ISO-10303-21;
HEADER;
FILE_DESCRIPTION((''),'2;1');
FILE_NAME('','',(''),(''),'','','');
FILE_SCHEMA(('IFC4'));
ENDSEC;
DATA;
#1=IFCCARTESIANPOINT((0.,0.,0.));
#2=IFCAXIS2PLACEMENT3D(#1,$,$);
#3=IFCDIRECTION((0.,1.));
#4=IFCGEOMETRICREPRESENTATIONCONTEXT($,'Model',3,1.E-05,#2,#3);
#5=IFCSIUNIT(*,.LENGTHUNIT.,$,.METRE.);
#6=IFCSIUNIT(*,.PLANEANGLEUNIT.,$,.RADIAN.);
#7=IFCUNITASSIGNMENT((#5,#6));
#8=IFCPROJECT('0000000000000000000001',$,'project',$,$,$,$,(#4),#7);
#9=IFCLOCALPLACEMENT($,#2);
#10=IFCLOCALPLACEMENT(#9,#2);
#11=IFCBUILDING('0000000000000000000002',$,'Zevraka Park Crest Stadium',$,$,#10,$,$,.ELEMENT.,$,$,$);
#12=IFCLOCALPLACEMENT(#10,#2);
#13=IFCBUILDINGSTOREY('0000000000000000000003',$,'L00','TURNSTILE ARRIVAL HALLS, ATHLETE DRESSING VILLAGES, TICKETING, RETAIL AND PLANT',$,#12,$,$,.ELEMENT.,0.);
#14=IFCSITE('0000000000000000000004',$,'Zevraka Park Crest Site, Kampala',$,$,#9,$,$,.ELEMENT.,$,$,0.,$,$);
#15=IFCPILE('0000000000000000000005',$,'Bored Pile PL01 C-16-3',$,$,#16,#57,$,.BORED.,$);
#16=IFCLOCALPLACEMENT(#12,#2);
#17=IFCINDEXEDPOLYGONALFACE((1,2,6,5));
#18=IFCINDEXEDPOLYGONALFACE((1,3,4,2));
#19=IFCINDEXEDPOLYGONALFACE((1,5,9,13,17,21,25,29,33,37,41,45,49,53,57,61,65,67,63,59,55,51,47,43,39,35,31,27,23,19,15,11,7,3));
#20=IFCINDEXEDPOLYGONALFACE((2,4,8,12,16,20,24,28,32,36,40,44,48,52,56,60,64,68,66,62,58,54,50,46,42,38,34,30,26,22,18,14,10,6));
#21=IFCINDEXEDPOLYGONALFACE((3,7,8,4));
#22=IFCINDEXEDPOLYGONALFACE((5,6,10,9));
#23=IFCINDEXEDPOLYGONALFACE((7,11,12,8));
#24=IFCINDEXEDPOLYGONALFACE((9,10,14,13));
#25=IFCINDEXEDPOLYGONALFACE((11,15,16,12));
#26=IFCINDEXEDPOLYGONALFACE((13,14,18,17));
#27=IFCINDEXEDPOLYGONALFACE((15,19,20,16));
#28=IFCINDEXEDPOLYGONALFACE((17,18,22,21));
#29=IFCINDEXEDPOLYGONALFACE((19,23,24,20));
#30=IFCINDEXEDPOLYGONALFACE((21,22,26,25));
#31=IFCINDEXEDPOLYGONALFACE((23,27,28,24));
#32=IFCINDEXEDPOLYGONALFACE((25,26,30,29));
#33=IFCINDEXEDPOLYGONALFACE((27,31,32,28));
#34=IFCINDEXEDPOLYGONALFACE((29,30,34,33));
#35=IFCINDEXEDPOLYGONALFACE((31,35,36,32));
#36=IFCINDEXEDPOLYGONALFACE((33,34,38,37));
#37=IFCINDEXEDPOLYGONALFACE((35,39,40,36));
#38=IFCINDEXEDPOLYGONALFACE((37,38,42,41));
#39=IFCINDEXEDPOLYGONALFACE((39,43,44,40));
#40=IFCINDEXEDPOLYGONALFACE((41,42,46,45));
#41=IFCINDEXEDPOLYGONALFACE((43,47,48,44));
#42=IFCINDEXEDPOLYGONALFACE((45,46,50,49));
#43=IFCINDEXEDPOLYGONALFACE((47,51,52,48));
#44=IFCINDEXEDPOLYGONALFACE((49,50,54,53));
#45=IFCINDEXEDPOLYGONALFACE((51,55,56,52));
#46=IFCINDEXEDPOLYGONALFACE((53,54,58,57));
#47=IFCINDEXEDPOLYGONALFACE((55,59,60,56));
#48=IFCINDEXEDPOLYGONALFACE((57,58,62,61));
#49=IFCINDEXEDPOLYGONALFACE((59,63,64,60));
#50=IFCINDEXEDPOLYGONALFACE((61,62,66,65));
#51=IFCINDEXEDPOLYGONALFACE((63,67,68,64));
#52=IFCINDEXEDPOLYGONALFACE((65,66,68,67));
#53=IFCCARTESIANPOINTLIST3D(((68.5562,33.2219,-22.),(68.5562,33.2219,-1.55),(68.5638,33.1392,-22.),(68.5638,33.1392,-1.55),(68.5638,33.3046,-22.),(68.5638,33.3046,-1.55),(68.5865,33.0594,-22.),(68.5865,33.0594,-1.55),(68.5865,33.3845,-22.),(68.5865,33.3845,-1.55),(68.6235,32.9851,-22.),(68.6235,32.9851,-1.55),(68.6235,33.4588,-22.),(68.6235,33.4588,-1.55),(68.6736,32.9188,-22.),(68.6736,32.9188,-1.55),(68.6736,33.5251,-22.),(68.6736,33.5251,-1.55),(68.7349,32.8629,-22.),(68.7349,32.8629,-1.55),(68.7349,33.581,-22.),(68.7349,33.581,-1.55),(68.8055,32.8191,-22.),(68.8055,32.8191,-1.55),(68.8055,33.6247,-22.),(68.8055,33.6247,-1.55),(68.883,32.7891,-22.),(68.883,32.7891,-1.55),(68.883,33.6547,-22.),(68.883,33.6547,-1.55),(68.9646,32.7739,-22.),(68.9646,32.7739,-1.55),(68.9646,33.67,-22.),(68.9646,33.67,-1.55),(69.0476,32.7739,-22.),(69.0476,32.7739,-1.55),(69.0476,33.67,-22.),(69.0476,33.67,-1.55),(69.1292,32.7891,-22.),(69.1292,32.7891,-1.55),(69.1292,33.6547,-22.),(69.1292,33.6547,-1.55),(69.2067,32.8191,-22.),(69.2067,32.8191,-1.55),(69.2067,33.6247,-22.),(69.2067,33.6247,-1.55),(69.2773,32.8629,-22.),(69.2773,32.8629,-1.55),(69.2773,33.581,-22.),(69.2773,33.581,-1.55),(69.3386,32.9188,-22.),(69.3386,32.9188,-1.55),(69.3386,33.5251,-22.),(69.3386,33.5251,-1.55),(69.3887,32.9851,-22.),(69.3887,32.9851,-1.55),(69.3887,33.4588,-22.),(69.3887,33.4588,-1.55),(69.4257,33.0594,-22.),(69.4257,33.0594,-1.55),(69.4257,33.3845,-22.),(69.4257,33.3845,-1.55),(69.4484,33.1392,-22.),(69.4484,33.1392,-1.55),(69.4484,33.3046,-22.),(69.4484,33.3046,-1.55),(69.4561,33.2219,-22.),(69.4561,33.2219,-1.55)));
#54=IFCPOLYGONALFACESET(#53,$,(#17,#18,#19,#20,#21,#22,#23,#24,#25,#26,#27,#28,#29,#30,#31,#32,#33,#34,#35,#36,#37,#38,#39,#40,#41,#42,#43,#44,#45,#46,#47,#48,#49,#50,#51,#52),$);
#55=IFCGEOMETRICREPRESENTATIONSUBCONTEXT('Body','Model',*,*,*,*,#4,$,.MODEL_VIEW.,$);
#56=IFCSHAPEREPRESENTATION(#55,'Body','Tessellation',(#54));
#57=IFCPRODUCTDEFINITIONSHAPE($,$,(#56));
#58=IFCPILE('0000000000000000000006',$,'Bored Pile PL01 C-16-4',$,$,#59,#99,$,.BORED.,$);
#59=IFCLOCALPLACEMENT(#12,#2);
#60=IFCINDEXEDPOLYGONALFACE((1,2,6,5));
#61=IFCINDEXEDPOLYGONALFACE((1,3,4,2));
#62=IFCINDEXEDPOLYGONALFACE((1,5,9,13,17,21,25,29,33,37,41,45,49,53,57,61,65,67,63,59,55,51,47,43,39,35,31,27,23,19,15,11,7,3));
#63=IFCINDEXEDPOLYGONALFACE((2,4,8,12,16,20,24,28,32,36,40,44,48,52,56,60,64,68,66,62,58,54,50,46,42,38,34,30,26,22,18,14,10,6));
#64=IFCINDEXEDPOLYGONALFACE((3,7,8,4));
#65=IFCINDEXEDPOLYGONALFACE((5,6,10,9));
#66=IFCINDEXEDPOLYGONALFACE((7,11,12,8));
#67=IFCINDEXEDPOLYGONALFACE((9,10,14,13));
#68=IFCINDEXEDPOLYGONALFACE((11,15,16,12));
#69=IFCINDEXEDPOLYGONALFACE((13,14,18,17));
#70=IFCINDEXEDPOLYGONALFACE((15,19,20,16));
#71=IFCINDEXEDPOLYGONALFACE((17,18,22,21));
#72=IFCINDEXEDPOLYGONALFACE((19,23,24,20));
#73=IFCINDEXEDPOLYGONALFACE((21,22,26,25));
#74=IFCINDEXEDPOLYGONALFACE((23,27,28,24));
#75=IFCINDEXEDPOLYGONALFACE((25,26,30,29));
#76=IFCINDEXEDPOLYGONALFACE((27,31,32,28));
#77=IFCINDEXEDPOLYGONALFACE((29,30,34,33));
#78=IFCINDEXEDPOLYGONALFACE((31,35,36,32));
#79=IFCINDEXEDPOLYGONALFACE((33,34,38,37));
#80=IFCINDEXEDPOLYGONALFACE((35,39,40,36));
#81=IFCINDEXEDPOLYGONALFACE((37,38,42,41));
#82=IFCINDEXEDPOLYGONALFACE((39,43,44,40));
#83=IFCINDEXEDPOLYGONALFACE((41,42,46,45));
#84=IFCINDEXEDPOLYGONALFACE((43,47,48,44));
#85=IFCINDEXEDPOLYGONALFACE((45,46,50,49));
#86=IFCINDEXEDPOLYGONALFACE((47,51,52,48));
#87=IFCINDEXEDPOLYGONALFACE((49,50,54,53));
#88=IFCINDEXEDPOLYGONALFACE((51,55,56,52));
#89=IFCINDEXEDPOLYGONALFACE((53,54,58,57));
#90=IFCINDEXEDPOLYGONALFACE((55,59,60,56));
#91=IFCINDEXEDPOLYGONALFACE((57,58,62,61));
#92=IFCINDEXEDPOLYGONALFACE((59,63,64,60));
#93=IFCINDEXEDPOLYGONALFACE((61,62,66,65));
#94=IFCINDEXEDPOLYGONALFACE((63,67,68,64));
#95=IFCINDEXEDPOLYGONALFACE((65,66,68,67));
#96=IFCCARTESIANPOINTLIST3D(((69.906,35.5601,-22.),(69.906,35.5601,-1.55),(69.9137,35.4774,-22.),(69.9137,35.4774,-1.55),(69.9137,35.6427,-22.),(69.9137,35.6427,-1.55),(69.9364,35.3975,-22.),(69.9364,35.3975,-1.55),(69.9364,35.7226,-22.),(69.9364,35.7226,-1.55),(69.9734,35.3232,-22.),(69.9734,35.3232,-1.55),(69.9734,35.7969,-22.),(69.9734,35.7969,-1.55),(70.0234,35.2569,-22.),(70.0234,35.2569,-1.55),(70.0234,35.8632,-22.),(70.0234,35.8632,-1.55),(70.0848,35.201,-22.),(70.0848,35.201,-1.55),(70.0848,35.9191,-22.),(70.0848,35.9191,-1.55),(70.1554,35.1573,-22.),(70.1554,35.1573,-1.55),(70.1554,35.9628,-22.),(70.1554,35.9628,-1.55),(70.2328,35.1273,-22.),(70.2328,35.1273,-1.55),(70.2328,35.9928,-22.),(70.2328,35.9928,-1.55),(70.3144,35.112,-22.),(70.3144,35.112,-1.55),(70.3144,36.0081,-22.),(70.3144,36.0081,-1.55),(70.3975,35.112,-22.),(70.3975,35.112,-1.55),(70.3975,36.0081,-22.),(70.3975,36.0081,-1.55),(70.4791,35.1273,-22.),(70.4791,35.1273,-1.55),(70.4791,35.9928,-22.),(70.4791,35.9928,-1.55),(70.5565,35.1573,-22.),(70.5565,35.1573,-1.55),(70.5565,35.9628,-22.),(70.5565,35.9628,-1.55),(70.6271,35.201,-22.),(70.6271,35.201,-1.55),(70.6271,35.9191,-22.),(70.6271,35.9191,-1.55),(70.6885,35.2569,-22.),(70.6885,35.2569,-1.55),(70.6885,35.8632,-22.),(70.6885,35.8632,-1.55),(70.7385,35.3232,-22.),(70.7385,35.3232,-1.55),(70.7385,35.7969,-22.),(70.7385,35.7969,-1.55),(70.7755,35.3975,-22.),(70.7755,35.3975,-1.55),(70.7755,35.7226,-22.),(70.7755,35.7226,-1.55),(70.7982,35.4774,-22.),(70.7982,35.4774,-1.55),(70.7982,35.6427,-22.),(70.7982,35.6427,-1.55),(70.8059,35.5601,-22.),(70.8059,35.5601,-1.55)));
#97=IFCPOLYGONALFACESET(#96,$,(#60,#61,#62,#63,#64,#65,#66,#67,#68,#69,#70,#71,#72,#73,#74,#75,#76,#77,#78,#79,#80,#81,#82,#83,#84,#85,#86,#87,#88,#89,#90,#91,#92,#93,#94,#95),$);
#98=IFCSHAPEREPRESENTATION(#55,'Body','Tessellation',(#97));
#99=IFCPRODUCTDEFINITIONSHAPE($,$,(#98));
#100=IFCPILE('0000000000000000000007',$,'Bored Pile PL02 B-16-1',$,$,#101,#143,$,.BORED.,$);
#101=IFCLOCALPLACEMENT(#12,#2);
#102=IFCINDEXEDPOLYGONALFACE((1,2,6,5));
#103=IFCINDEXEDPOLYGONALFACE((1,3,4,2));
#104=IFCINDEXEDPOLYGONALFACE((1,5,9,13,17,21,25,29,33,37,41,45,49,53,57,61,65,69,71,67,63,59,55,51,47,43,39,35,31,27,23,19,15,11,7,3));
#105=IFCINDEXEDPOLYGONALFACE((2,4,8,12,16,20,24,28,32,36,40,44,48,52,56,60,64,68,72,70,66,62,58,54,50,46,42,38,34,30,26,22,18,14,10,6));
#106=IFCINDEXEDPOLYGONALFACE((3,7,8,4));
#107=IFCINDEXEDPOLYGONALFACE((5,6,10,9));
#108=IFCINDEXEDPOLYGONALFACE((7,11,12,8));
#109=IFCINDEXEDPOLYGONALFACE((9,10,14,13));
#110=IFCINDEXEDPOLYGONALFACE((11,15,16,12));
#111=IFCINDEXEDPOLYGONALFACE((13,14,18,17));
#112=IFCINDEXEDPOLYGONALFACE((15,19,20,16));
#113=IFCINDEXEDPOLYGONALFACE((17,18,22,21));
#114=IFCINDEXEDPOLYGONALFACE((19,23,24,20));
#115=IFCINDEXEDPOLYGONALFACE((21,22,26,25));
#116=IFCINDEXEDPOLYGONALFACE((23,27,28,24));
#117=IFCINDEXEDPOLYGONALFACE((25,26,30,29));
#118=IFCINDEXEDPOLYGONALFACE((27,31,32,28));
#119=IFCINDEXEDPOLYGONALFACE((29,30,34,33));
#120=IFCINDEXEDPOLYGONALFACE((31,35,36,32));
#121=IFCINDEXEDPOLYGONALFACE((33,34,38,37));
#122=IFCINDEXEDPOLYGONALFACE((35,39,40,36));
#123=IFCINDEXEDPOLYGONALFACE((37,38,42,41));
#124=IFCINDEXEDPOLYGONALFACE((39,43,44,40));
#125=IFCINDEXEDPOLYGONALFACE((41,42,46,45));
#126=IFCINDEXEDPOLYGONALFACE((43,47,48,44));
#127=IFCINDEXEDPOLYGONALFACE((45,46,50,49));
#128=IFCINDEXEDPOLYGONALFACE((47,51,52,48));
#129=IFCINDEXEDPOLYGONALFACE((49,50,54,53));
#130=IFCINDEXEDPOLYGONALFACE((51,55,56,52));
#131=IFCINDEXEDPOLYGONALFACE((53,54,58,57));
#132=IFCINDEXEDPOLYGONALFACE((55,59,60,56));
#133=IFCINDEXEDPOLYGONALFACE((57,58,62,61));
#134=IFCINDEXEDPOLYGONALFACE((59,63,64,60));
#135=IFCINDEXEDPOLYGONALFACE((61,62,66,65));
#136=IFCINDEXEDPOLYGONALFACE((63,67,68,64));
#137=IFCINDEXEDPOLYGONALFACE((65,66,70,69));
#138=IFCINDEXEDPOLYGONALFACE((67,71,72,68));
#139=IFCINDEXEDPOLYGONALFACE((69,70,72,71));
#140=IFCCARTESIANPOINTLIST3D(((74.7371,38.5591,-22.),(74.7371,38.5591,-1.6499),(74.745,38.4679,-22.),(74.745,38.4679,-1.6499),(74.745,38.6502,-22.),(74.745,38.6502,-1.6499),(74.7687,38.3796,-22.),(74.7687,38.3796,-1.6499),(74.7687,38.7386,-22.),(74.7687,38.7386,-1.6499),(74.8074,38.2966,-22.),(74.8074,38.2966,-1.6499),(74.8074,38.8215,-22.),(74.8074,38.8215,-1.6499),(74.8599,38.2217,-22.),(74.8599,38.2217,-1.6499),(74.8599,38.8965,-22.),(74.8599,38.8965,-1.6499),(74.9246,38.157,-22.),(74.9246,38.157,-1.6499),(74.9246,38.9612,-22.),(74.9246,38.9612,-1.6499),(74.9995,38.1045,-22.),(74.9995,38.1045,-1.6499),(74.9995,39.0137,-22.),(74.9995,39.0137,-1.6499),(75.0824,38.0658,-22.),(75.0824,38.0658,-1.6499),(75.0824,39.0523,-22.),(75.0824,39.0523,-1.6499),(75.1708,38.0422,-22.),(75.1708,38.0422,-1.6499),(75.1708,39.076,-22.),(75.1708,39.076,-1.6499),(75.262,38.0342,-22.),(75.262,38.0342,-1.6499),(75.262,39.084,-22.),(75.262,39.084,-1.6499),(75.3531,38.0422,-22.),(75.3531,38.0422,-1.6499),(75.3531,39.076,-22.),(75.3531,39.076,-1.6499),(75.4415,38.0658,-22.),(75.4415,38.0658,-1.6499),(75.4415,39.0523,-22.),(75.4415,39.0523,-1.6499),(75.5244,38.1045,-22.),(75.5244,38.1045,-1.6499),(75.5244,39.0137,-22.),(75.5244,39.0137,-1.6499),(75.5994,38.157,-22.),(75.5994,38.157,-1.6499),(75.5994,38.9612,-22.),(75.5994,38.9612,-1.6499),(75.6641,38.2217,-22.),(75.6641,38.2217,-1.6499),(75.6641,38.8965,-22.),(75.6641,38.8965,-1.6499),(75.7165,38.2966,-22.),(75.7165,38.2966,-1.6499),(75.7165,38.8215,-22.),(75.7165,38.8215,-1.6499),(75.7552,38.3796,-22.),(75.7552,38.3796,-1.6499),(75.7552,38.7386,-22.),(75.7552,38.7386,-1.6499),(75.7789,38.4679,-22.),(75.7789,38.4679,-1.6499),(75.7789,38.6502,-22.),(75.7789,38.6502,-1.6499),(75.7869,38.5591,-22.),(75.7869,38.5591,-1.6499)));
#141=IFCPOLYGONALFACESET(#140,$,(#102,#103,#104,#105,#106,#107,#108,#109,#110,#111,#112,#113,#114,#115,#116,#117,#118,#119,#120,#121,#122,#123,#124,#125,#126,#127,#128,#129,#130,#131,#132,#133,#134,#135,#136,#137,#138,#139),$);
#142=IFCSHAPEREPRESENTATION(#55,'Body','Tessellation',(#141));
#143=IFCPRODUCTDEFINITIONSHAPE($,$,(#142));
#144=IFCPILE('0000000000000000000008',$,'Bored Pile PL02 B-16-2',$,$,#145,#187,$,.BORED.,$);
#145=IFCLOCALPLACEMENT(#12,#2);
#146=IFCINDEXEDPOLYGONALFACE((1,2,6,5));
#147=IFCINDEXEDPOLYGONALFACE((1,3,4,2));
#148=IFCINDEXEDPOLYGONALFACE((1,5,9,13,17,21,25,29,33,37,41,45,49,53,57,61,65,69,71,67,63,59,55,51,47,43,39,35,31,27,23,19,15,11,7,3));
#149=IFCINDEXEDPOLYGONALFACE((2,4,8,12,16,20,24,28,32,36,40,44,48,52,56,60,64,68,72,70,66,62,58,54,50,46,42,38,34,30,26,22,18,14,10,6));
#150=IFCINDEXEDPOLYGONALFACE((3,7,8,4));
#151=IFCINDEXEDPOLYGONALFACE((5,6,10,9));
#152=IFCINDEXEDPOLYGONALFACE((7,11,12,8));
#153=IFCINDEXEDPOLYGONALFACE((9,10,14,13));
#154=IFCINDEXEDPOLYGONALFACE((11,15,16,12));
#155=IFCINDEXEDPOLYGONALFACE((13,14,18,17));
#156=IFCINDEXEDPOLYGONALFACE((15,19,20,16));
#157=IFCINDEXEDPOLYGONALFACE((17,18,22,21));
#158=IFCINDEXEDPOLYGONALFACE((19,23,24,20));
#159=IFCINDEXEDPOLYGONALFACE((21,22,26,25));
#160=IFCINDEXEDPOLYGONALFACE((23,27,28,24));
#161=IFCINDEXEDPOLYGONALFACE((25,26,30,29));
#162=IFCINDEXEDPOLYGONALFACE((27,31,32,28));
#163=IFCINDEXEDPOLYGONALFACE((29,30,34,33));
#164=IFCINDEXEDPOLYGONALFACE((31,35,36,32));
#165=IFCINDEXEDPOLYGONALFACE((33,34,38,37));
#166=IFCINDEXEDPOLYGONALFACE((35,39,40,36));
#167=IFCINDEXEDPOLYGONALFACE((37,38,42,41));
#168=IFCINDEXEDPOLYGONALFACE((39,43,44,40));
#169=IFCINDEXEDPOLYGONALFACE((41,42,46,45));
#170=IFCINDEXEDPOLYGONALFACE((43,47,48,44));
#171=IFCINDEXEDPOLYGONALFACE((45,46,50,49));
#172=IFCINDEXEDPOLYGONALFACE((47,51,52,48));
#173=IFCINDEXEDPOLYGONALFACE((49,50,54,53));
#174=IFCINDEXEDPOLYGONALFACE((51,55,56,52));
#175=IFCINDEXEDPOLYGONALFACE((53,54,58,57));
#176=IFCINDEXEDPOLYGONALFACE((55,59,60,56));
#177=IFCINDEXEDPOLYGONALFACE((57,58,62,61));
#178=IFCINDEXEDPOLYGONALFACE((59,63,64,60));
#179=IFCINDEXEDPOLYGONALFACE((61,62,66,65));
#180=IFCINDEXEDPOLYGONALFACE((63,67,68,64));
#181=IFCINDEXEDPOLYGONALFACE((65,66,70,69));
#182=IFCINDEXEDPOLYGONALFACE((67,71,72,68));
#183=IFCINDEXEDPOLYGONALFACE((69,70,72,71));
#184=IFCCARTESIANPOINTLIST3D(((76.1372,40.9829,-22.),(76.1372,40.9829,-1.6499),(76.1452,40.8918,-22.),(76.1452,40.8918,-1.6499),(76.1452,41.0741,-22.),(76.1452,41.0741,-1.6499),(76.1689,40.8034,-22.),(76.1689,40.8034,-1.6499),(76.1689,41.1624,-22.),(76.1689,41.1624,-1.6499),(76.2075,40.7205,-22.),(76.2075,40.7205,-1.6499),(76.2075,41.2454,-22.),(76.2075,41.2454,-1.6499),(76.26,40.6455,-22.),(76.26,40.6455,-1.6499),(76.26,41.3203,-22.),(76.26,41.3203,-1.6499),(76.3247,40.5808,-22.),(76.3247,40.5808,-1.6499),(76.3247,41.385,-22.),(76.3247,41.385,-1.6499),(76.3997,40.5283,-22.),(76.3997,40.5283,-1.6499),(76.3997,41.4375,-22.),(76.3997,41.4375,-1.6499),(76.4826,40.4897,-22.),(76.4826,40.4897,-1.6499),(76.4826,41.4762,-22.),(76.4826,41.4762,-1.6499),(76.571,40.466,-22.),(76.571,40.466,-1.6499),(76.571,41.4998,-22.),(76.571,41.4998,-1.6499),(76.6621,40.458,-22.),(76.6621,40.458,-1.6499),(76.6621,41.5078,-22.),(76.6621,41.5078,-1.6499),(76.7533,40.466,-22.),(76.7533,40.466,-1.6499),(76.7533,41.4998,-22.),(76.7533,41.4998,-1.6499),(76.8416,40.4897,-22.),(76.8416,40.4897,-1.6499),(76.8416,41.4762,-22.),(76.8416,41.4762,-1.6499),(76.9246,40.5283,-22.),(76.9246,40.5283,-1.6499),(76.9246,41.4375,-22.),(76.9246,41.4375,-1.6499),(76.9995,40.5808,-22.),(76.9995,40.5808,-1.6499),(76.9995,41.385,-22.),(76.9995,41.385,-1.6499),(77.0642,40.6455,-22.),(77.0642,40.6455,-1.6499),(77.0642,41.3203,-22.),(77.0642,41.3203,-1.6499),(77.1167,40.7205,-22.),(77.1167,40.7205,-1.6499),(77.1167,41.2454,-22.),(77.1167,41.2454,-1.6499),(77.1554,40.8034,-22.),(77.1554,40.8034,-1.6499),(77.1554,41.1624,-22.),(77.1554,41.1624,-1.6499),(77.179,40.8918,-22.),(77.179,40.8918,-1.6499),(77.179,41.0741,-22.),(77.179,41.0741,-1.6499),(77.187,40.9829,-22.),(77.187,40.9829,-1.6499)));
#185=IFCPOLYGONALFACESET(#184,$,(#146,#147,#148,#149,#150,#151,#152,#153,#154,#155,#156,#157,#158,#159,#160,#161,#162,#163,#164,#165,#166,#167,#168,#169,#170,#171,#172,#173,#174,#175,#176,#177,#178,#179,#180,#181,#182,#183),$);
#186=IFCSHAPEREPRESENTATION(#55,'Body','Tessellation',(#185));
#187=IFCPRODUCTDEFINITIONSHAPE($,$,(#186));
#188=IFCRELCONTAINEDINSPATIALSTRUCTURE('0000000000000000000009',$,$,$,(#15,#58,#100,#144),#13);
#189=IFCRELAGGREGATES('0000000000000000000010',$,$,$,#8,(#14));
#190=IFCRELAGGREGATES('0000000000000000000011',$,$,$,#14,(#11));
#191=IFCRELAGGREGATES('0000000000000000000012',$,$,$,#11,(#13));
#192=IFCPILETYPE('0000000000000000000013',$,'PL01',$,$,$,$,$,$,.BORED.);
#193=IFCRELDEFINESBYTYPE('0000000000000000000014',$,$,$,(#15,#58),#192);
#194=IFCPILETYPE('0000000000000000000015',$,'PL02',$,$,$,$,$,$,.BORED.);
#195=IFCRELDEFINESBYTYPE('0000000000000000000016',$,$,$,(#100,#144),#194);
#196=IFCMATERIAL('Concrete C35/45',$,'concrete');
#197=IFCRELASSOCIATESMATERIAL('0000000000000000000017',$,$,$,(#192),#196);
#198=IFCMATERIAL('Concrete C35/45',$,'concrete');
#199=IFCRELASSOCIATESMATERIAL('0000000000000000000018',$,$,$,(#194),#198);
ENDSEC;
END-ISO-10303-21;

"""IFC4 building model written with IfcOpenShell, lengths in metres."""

from ifc_helpers import new_model, si_unit, direction, frame, origin, origin_2d, place, context, subcontext, project, spatial, circle, extrude, material, material_profile, profile_set, type_object, element, save


model = new_model("IFC4")

# Units and contexts
model_context = context("Model", 3, precision=1e-05, world=origin(), true_north=direction((0.0, 1.0)))
body_context = subcontext(model_context, "Body", "Model", "MODEL_VIEW")
ifc_project = project(units=[si_unit("LENGTHUNIT", "METRE"), si_unit("PLANEANGLEUNIT", "RADIAN")], contexts=[model_context])

# Site, building, storey
site_placement = place(None, origin())
site = spatial("IfcSite", under=ifc_project, at=site_placement, Name="Zevraka Park Crest Site, Kampala", CompositionType="ELEMENT", RefElevation=0.0)
building_placement = place(site_placement, origin())
building = spatial("IfcBuilding", under=site, at=building_placement, Name="Zevraka Park Crest Stadium", CompositionType="ELEMENT")
storey_placement = place(building_placement, origin())
storey = spatial("IfcBuildingStorey", under=building, at=storey_placement, Name="L00", Description="TURNSTILE ARRIVAL HALLS, ATHLETE DRESSING VILLAGES, TICKETING, RETAIL AND PLANT", CompositionType="ELEMENT", Elevation=0.0)

# Piles
ifc_material_1 = material(Name="Concrete C35/45", Category="concrete")
ifc_material_profile_1 = material_profile(ifc_material_1, circle(Radius=0.45, at=origin_2d()), Name="PILE D900")
ifc_profile_set_1 = profile_set([ifc_material_profile_1], Name="Concrete C35/45")
pile_type_1 = type_object("IfcPileType", Name="PL01", PredefinedType="BORED", material=ifc_profile_set_1)
for number, where, z_axis, x_axis, name in (
    (1, (69.0061, 33.2219, -1.55), (0.0, 0.0, -1.0), (1.0, 0.0, 0.0), "Bored Pile PL01 C-16-3"),
    (2, (70.356, 35.5601, -1.55), (0.0, 0.0, -1.0), (1.0, 0.0, 0.0), "Bored Pile PL01 C-16-4"),
):
    element("IfcPile", number, at=place(storey_placement, frame(where, z_axis=z_axis, x_axis=x_axis)), inside=storey, type_object=pile_type_1, Name=name, PredefinedType="BORED", context=body_context, shape_type="SweptSolid", body=[
        extrude(circle(Radius=0.45, at=origin_2d()), origin(), (0.0, 0.0, 1.0), 20.45),
    ])
ifc_material_2 = material(Name="Concrete C35/45", Category="concrete")
ifc_material_profile_2 = material_profile(ifc_material_2, circle(Radius=0.5249, at=origin_2d()), Name="PILE D1050")
ifc_profile_set_2 = profile_set([ifc_material_profile_2], Name="Concrete C35/45")
pile_type_2 = type_object("IfcPileType", Name="PL02", PredefinedType="BORED", material=ifc_profile_set_2)
for number, where, z_axis, x_axis, name in (
    (3, (75.262, 38.5591, -1.6499), (0.0, 0.0, -1.0), (1.0, 0.0, 0.0), "Bored Pile PL02 B-16-1"),
    (4, (76.6621, 40.9829, -1.6499), (0.0, 0.0, -1.0), (1.0, 0.0, 0.0), "Bored Pile PL02 B-16-2"),
):
    element("IfcPile", number, at=place(storey_placement, frame(where, z_axis=z_axis, x_axis=x_axis)), inside=storey, type_object=pile_type_2, Name=name, PredefinedType="BORED", context=body_context, shape_type="SweptSolid", body=[
        extrude(circle(Radius=0.5249, at=origin_2d()), origin(), (0.0, 0.0, 1.0), 20.3501),
    ])

save(model, "model.ifc")
